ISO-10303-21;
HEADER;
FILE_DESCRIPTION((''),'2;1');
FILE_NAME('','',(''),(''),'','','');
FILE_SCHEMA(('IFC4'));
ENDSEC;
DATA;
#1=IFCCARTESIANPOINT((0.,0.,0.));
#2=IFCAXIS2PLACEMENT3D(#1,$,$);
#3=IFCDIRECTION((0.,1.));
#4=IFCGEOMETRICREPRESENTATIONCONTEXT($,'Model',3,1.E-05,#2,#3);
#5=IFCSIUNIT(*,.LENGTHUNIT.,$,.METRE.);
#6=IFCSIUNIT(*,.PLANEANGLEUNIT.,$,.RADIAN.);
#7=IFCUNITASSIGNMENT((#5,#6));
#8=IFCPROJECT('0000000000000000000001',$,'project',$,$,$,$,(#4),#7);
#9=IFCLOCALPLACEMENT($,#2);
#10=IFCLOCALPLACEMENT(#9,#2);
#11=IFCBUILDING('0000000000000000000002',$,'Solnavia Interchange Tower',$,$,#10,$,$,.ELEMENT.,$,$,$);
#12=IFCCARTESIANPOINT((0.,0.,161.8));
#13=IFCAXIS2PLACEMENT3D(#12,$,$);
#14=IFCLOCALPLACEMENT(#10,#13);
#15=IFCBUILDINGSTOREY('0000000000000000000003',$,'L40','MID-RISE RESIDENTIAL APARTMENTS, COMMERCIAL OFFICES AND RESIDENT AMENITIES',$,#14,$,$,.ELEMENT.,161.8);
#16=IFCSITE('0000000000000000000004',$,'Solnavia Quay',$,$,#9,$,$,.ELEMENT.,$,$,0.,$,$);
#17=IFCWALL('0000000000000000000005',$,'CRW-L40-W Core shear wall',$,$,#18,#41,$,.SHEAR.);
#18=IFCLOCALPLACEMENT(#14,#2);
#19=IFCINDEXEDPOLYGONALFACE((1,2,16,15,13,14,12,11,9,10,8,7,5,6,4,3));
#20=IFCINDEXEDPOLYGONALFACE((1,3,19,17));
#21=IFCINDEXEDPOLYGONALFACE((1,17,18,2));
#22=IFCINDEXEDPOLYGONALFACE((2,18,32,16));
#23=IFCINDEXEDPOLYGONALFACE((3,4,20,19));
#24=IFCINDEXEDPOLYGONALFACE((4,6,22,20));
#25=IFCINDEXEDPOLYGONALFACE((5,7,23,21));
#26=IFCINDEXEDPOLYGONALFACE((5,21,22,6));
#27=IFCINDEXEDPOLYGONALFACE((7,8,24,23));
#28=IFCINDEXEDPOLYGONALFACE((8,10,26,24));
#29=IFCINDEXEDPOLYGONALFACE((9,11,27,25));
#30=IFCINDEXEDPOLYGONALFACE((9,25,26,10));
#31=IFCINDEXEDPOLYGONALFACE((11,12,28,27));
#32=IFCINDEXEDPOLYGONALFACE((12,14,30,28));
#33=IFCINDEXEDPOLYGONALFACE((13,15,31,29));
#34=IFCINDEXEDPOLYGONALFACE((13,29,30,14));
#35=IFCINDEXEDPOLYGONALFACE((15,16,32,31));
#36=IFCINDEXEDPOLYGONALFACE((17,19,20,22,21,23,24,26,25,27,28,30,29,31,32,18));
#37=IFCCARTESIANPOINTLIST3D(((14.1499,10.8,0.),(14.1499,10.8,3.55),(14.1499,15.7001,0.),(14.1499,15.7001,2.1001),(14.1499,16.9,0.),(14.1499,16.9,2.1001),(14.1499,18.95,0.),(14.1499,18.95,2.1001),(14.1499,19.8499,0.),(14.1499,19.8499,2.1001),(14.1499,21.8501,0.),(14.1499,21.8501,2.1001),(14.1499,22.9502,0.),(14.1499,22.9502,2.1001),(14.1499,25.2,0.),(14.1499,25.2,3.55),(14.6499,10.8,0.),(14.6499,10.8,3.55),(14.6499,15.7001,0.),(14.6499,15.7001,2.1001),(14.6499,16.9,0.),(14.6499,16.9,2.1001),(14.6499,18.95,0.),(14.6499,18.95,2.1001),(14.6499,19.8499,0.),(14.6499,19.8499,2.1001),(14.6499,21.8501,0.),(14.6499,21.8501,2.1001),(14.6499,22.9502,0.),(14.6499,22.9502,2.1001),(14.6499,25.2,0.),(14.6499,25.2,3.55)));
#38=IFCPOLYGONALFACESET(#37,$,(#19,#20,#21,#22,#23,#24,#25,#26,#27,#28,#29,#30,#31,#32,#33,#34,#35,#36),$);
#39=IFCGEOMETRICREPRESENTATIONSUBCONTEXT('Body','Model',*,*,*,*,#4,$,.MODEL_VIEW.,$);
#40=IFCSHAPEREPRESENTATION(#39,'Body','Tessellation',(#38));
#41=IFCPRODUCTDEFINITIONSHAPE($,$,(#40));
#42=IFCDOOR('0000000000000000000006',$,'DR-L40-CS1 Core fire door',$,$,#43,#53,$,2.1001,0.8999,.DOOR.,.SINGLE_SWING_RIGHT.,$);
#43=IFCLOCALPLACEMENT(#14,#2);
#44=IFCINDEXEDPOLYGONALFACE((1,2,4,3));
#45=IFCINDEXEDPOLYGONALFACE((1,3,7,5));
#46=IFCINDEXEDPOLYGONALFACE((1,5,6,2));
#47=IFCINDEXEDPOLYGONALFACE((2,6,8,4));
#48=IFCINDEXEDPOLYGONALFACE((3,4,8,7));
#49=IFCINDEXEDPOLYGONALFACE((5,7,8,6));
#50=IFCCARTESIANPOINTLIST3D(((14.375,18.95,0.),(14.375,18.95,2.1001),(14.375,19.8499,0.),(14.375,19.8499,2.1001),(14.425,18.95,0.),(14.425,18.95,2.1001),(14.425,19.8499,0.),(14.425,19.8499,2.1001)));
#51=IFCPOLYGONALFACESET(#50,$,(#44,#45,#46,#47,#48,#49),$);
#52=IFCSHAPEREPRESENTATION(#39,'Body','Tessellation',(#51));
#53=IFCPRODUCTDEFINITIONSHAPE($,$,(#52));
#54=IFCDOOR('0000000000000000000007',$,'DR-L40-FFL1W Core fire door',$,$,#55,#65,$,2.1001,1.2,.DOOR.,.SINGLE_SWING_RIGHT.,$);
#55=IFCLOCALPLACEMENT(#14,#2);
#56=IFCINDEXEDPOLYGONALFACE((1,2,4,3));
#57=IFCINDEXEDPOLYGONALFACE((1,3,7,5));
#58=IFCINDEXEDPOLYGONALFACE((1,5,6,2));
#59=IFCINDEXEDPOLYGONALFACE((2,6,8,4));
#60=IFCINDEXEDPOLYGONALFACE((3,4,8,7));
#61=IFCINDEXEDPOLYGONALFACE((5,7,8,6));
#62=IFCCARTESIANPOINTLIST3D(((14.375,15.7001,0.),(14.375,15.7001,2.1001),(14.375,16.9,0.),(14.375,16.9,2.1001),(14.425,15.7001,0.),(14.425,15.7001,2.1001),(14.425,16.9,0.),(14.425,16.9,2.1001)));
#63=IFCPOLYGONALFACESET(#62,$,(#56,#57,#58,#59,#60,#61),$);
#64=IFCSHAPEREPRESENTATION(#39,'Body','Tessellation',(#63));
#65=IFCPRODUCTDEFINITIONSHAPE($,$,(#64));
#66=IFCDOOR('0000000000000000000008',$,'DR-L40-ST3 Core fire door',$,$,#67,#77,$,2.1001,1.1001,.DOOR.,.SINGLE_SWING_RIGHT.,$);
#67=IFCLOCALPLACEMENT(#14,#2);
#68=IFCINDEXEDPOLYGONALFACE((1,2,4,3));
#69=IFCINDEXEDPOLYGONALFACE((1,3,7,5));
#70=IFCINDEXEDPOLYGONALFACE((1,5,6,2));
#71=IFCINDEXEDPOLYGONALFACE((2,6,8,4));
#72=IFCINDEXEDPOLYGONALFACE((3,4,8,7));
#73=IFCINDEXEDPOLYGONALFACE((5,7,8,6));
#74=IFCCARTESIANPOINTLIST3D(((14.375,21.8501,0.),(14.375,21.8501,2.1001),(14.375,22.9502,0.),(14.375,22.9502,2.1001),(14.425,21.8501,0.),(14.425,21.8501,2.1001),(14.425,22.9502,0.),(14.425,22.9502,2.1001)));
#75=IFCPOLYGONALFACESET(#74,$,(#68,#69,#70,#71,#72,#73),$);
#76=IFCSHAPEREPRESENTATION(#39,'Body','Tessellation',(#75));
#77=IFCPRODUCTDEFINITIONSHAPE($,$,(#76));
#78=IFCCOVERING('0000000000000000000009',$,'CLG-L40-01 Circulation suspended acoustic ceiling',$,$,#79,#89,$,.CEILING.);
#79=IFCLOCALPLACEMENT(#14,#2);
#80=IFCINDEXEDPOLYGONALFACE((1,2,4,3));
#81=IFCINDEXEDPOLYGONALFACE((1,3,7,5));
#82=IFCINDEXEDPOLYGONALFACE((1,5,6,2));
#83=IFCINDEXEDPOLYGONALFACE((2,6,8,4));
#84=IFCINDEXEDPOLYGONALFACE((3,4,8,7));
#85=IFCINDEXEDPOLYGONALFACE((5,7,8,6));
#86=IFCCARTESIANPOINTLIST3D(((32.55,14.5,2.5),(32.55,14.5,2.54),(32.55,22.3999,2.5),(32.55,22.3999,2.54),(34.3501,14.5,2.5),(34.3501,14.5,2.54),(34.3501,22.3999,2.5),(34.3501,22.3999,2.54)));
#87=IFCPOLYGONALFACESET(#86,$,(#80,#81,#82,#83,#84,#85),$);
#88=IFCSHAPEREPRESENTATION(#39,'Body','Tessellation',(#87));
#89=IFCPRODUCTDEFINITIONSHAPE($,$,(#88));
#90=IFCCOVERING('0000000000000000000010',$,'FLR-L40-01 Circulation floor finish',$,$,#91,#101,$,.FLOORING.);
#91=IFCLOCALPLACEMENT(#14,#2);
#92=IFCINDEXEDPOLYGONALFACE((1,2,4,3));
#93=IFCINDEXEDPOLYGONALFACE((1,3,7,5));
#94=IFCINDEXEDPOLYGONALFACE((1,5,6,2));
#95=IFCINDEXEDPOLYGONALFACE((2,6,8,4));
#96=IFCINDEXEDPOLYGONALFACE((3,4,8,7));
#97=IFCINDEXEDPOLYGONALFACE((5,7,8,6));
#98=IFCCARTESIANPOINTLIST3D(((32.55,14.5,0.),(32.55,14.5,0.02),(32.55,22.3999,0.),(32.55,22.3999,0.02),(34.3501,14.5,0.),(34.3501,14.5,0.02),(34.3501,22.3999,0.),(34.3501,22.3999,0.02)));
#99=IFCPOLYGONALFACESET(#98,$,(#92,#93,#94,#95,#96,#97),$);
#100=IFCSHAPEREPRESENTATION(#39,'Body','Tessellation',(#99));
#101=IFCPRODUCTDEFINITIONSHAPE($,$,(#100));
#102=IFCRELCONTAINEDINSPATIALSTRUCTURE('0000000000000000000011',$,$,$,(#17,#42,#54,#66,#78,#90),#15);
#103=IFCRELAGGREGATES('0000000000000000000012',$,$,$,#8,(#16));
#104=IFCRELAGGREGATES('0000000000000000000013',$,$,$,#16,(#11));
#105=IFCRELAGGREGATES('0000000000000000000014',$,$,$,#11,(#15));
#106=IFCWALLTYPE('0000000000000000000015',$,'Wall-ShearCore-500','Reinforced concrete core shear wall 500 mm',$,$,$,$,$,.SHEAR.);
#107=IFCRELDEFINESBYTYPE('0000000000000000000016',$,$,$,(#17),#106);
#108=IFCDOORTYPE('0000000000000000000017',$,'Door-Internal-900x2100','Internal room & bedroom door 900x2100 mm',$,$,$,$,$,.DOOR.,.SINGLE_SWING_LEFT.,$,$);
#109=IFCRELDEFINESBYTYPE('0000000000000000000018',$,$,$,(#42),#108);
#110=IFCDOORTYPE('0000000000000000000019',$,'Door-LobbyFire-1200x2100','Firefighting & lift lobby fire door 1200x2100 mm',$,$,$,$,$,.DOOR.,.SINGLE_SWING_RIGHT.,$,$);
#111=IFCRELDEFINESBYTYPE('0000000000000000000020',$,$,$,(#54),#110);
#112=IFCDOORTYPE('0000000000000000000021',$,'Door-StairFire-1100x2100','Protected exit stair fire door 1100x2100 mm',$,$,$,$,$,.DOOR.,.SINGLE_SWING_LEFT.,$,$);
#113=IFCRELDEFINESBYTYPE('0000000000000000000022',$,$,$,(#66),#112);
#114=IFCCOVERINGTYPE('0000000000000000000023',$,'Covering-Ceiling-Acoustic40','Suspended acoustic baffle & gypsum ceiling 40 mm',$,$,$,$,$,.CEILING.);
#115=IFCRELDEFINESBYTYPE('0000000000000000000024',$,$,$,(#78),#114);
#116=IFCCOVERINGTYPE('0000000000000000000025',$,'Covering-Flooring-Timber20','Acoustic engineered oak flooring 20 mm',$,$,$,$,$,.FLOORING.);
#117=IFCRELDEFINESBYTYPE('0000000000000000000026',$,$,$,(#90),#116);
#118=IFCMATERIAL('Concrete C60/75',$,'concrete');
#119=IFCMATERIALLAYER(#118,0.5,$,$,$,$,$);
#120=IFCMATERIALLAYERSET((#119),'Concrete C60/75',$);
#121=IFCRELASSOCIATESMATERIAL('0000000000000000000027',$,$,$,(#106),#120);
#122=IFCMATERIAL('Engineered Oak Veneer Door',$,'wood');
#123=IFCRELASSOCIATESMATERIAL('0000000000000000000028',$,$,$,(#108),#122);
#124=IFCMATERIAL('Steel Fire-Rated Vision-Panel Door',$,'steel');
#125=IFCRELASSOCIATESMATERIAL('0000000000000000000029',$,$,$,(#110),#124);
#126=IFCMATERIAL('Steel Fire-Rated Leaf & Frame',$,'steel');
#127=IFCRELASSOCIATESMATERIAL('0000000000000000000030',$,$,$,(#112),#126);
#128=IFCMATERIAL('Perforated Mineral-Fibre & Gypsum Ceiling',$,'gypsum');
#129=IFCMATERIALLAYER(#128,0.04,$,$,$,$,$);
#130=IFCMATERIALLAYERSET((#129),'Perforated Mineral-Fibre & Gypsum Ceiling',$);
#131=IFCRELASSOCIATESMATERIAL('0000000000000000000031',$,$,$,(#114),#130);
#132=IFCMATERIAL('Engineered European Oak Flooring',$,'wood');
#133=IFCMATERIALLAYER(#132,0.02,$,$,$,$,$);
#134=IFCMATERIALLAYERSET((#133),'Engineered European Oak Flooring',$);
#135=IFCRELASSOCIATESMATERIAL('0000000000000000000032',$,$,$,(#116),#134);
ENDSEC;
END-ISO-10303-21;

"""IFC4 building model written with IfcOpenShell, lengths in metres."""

from ifc_helpers import new_model, si_unit, direction, frame, frame_2d, origin, place, context, subcontext, project, spatial, polyline, rectangle, outline, extrude, material, layer, layer_set, type_object, element, fill, save


model = new_model("IFC4")

# Units and contexts
model_context = context("Model", 3, precision=1e-05, world=origin(), true_north=direction((0.0, 1.0)))
body_context = subcontext(model_context, "Body", "Model", "MODEL_VIEW")
ifc_project = project(units=[si_unit("LENGTHUNIT", "METRE"), si_unit("PLANEANGLEUNIT", "RADIAN")], contexts=[model_context])

# Site, building, storey
site_placement = place(None, origin())
site = spatial("IfcSite", under=ifc_project, at=site_placement, Name="Solnavia Quay", CompositionType="ELEMENT", RefElevation=0.0)
building_placement = place(site_placement, origin())
building = spatial("IfcBuilding", under=site, at=building_placement, Name="Solnavia Interchange Tower", CompositionType="ELEMENT")
storey_placement = place(building_placement, frame((0.0, 0.0, 161.8)))
storey = spatial("IfcBuildingStorey", under=building, at=storey_placement, Name="L40", Description="MID-RISE RESIDENTIAL APARTMENTS, COMMERCIAL OFFICES AND RESIDENT AMENITIES", CompositionType="ELEMENT", Elevation=161.8)

# Shared definitions
ifc_material_1 = material(Name="Concrete C60/75", Category="concrete")
ifc_layer_1 = layer(ifc_material_1, 0.5)
ifc_layer_set_1 = layer_set([ifc_layer_1], Name="Concrete C60/75")
wall_type_1 = type_object("IfcWallType", Name="Wall-ShearCore-500", Description="Reinforced concrete core shear wall 500 mm", PredefinedType="SHEAR", material=ifc_layer_set_1)

# Wall, openings, doors
wall_1_placement = place(storey_placement, frame((14.3999, 10.8, 0.0), z_axis=(0.0, 0.0, 1.0), x_axis=(0.0, 1.0, 0.0)))
wall_1 = element("IfcWall", 1, at=wall_1_placement, inside=storey, type_object=wall_type_1, Name="CRW-L40-W Core shear wall", PredefinedType="SHEAR", context=body_context, shape_type="SweptSolid", body=[
    extrude(rectangle(XDim=14.3999, YDim=0.5, at=frame_2d((7.2, 0.0))), origin(), (0.0, 0.0, 1.0), 3.55),
])
opening_1_placement = place(wall_1_placement, frame((11.05, 0.0, 0.0)))
opening_1 = element("IfcOpeningElement", 2, at=opening_1_placement, cuts=wall_1, PredefinedType="OPENING", context=body_context, shape_type="SweptSolid", body=[
    extrude(rectangle(XDim=1.1001, YDim=2.1001, at=frame_2d((0.55, 1.05))), frame((0.0, 0.26, 0.0), z_axis=(0.0, -1.0, 0.0), x_axis=(1.0, 0.0, 0.0)), (0.0, 0.0, 1.0), 0.52),
])
opening_2_placement = place(wall_1_placement, frame((4.8999, 0.0, 0.0)))
opening_2 = element("IfcOpeningElement", 3, at=opening_2_placement, cuts=wall_1, PredefinedType="OPENING", context=body_context, shape_type="SweptSolid", body=[
    extrude(rectangle(XDim=1.2, YDim=2.1001, at=frame_2d((0.6001, 1.05))), frame((0.0, 0.26, 0.0), z_axis=(0.0, -1.0, 0.0), x_axis=(1.0, 0.0, 0.0)), (0.0, 0.0, 1.0), 0.52),
])
opening_3_placement = place(wall_1_placement, frame((8.1499, 0.0, 0.0)))
opening_3 = element("IfcOpeningElement", 4, at=opening_3_placement, cuts=wall_1, PredefinedType="OPENING", context=body_context, shape_type="SweptSolid", body=[
    extrude(rectangle(XDim=0.8999, YDim=2.1001, at=frame_2d((0.45, 1.05))), frame((0.0, 0.26, 0.0), z_axis=(0.0, -1.0, 0.0), x_axis=(1.0, 0.0, 0.0)), (0.0, 0.0, 1.0), 0.52),
])
ifc_material_2 = material(Name="Engineered Oak Veneer Door", Category="wood")
door_type_1 = type_object("IfcDoorType", Name="Door-Internal-900x2100", Description="Internal room & bedroom door 900x2100 mm", OperationType="SINGLE_SWING_LEFT", PredefinedType="DOOR", material=ifc_material_2)
door_1_placement = place(opening_3_placement, origin())
door_1 = element("IfcDoor", 5, at=door_1_placement, inside=storey, type_object=door_type_1, Name="DR-L40-CS1 Core fire door", OperationType="SINGLE_SWING_RIGHT", OverallHeight=2.1001, OverallWidth=0.8999, PredefinedType="DOOR", context=body_context, shape_type="SweptSolid", body=[
    extrude(rectangle(XDim=0.8999, YDim=2.1001, at=frame_2d((0.45, 1.05))), frame((0.0, 0.0249, 0.0), z_axis=(0.0, -1.0, 0.0), x_axis=(1.0, 0.0, 0.0)), (0.0, 0.0, 1.0), 0.05),
])
fill(opening_3, door_1)
ifc_material_3 = material(Name="Steel Fire-Rated Vision-Panel Door", Category="steel")
door_type_2 = type_object("IfcDoorType", Name="Door-LobbyFire-1200x2100", Description="Firefighting & lift lobby fire door 1200x2100 mm", OperationType="SINGLE_SWING_RIGHT", PredefinedType="DOOR", material=ifc_material_3)
door_2_placement = place(opening_2_placement, origin())
door_2 = element("IfcDoor", 6, at=door_2_placement, inside=storey, type_object=door_type_2, Name="DR-L40-FFL1W Core fire door", OperationType="SINGLE_SWING_RIGHT", OverallHeight=2.1001, OverallWidth=1.2, PredefinedType="DOOR", context=body_context, shape_type="SweptSolid", body=[
    extrude(rectangle(XDim=1.2, YDim=2.1001, at=frame_2d((0.6001, 1.05))), frame((0.0, 0.0249, 0.0), z_axis=(0.0, -1.0, 0.0), x_axis=(1.0, 0.0, 0.0)), (0.0, 0.0, 1.0), 0.05),
])
fill(opening_2, door_2)
ifc_material_4 = material(Name="Steel Fire-Rated Leaf & Frame", Category="steel")
door_type_3 = type_object("IfcDoorType", Name="Door-StairFire-1100x2100", Description="Protected exit stair fire door 1100x2100 mm", OperationType="SINGLE_SWING_LEFT", PredefinedType="DOOR", material=ifc_material_4)
door_3_placement = place(opening_1_placement, origin())
door_3 = element("IfcDoor", 7, at=door_3_placement, inside=storey, type_object=door_type_3, Name="DR-L40-ST3 Core fire door", OperationType="SINGLE_SWING_RIGHT", OverallHeight=2.1001, OverallWidth=1.1001, PredefinedType="DOOR", context=body_context, shape_type="SweptSolid", body=[
    extrude(rectangle(XDim=1.1001, YDim=2.1001, at=frame_2d((0.55, 1.05))), frame((0.0, 0.0249, 0.0), z_axis=(0.0, -1.0, 0.0), x_axis=(1.0, 0.0, 0.0)), (0.0, 0.0, 1.0), 0.05),
])
fill(opening_1, door_3)

# Coverings
ifc_material_5 = material(Name="Perforated Mineral-Fibre & Gypsum Ceiling", Category="gypsum")
ifc_layer_2 = layer(ifc_material_5, 0.04)
ifc_layer_set_2 = layer_set([ifc_layer_2], Name="Perforated Mineral-Fibre & Gypsum Ceiling")
covering_type_1 = type_object("IfcCoveringType", Name="Covering-Ceiling-Acoustic40", Description="Suspended acoustic baffle & gypsum ceiling 40 mm", PredefinedType="CEILING", material=ifc_layer_set_2)
covering_1_placement = place(storey_placement, frame((0.0, 0.0, 2.5)))
element("IfcCovering", 8, at=covering_1_placement, inside=storey, type_object=covering_type_1, Name="CLG-L40-01 Circulation suspended acoustic ceiling", PredefinedType="CEILING", context=body_context, shape_type="SweptSolid", body=[
    extrude(outline(polyline([(32.55, 14.5), (34.3501, 14.5), (34.3501, 22.3999), (32.55, 22.3999), (32.55, 14.5)])), origin(), (0.0, 0.0, 1.0), 0.04),
])
ifc_material_6 = material(Name="Engineered European Oak Flooring", Category="wood")
ifc_layer_3 = layer(ifc_material_6, 0.02)
ifc_layer_set_3 = layer_set([ifc_layer_3], Name="Engineered European Oak Flooring")
covering_type_2 = type_object("IfcCoveringType", Name="Covering-Flooring-Timber20", Description="Acoustic engineered oak flooring 20 mm", PredefinedType="FLOORING", material=ifc_layer_set_3)
covering_2_placement = place(storey_placement, origin())
element("IfcCovering", 9, at=covering_2_placement, inside=storey, type_object=covering_type_2, Name="FLR-L40-01 Circulation floor finish", PredefinedType="FLOORING", context=body_context, shape_type="SweptSolid", body=[
    extrude(outline(polyline([(32.55, 14.5), (34.3501, 14.5), (34.3501, 22.3999), (32.55, 22.3999), (32.55, 14.5)])), origin(), (0.0, 0.0, 1.0), 0.02),
])

save(model, "model.ifc")
